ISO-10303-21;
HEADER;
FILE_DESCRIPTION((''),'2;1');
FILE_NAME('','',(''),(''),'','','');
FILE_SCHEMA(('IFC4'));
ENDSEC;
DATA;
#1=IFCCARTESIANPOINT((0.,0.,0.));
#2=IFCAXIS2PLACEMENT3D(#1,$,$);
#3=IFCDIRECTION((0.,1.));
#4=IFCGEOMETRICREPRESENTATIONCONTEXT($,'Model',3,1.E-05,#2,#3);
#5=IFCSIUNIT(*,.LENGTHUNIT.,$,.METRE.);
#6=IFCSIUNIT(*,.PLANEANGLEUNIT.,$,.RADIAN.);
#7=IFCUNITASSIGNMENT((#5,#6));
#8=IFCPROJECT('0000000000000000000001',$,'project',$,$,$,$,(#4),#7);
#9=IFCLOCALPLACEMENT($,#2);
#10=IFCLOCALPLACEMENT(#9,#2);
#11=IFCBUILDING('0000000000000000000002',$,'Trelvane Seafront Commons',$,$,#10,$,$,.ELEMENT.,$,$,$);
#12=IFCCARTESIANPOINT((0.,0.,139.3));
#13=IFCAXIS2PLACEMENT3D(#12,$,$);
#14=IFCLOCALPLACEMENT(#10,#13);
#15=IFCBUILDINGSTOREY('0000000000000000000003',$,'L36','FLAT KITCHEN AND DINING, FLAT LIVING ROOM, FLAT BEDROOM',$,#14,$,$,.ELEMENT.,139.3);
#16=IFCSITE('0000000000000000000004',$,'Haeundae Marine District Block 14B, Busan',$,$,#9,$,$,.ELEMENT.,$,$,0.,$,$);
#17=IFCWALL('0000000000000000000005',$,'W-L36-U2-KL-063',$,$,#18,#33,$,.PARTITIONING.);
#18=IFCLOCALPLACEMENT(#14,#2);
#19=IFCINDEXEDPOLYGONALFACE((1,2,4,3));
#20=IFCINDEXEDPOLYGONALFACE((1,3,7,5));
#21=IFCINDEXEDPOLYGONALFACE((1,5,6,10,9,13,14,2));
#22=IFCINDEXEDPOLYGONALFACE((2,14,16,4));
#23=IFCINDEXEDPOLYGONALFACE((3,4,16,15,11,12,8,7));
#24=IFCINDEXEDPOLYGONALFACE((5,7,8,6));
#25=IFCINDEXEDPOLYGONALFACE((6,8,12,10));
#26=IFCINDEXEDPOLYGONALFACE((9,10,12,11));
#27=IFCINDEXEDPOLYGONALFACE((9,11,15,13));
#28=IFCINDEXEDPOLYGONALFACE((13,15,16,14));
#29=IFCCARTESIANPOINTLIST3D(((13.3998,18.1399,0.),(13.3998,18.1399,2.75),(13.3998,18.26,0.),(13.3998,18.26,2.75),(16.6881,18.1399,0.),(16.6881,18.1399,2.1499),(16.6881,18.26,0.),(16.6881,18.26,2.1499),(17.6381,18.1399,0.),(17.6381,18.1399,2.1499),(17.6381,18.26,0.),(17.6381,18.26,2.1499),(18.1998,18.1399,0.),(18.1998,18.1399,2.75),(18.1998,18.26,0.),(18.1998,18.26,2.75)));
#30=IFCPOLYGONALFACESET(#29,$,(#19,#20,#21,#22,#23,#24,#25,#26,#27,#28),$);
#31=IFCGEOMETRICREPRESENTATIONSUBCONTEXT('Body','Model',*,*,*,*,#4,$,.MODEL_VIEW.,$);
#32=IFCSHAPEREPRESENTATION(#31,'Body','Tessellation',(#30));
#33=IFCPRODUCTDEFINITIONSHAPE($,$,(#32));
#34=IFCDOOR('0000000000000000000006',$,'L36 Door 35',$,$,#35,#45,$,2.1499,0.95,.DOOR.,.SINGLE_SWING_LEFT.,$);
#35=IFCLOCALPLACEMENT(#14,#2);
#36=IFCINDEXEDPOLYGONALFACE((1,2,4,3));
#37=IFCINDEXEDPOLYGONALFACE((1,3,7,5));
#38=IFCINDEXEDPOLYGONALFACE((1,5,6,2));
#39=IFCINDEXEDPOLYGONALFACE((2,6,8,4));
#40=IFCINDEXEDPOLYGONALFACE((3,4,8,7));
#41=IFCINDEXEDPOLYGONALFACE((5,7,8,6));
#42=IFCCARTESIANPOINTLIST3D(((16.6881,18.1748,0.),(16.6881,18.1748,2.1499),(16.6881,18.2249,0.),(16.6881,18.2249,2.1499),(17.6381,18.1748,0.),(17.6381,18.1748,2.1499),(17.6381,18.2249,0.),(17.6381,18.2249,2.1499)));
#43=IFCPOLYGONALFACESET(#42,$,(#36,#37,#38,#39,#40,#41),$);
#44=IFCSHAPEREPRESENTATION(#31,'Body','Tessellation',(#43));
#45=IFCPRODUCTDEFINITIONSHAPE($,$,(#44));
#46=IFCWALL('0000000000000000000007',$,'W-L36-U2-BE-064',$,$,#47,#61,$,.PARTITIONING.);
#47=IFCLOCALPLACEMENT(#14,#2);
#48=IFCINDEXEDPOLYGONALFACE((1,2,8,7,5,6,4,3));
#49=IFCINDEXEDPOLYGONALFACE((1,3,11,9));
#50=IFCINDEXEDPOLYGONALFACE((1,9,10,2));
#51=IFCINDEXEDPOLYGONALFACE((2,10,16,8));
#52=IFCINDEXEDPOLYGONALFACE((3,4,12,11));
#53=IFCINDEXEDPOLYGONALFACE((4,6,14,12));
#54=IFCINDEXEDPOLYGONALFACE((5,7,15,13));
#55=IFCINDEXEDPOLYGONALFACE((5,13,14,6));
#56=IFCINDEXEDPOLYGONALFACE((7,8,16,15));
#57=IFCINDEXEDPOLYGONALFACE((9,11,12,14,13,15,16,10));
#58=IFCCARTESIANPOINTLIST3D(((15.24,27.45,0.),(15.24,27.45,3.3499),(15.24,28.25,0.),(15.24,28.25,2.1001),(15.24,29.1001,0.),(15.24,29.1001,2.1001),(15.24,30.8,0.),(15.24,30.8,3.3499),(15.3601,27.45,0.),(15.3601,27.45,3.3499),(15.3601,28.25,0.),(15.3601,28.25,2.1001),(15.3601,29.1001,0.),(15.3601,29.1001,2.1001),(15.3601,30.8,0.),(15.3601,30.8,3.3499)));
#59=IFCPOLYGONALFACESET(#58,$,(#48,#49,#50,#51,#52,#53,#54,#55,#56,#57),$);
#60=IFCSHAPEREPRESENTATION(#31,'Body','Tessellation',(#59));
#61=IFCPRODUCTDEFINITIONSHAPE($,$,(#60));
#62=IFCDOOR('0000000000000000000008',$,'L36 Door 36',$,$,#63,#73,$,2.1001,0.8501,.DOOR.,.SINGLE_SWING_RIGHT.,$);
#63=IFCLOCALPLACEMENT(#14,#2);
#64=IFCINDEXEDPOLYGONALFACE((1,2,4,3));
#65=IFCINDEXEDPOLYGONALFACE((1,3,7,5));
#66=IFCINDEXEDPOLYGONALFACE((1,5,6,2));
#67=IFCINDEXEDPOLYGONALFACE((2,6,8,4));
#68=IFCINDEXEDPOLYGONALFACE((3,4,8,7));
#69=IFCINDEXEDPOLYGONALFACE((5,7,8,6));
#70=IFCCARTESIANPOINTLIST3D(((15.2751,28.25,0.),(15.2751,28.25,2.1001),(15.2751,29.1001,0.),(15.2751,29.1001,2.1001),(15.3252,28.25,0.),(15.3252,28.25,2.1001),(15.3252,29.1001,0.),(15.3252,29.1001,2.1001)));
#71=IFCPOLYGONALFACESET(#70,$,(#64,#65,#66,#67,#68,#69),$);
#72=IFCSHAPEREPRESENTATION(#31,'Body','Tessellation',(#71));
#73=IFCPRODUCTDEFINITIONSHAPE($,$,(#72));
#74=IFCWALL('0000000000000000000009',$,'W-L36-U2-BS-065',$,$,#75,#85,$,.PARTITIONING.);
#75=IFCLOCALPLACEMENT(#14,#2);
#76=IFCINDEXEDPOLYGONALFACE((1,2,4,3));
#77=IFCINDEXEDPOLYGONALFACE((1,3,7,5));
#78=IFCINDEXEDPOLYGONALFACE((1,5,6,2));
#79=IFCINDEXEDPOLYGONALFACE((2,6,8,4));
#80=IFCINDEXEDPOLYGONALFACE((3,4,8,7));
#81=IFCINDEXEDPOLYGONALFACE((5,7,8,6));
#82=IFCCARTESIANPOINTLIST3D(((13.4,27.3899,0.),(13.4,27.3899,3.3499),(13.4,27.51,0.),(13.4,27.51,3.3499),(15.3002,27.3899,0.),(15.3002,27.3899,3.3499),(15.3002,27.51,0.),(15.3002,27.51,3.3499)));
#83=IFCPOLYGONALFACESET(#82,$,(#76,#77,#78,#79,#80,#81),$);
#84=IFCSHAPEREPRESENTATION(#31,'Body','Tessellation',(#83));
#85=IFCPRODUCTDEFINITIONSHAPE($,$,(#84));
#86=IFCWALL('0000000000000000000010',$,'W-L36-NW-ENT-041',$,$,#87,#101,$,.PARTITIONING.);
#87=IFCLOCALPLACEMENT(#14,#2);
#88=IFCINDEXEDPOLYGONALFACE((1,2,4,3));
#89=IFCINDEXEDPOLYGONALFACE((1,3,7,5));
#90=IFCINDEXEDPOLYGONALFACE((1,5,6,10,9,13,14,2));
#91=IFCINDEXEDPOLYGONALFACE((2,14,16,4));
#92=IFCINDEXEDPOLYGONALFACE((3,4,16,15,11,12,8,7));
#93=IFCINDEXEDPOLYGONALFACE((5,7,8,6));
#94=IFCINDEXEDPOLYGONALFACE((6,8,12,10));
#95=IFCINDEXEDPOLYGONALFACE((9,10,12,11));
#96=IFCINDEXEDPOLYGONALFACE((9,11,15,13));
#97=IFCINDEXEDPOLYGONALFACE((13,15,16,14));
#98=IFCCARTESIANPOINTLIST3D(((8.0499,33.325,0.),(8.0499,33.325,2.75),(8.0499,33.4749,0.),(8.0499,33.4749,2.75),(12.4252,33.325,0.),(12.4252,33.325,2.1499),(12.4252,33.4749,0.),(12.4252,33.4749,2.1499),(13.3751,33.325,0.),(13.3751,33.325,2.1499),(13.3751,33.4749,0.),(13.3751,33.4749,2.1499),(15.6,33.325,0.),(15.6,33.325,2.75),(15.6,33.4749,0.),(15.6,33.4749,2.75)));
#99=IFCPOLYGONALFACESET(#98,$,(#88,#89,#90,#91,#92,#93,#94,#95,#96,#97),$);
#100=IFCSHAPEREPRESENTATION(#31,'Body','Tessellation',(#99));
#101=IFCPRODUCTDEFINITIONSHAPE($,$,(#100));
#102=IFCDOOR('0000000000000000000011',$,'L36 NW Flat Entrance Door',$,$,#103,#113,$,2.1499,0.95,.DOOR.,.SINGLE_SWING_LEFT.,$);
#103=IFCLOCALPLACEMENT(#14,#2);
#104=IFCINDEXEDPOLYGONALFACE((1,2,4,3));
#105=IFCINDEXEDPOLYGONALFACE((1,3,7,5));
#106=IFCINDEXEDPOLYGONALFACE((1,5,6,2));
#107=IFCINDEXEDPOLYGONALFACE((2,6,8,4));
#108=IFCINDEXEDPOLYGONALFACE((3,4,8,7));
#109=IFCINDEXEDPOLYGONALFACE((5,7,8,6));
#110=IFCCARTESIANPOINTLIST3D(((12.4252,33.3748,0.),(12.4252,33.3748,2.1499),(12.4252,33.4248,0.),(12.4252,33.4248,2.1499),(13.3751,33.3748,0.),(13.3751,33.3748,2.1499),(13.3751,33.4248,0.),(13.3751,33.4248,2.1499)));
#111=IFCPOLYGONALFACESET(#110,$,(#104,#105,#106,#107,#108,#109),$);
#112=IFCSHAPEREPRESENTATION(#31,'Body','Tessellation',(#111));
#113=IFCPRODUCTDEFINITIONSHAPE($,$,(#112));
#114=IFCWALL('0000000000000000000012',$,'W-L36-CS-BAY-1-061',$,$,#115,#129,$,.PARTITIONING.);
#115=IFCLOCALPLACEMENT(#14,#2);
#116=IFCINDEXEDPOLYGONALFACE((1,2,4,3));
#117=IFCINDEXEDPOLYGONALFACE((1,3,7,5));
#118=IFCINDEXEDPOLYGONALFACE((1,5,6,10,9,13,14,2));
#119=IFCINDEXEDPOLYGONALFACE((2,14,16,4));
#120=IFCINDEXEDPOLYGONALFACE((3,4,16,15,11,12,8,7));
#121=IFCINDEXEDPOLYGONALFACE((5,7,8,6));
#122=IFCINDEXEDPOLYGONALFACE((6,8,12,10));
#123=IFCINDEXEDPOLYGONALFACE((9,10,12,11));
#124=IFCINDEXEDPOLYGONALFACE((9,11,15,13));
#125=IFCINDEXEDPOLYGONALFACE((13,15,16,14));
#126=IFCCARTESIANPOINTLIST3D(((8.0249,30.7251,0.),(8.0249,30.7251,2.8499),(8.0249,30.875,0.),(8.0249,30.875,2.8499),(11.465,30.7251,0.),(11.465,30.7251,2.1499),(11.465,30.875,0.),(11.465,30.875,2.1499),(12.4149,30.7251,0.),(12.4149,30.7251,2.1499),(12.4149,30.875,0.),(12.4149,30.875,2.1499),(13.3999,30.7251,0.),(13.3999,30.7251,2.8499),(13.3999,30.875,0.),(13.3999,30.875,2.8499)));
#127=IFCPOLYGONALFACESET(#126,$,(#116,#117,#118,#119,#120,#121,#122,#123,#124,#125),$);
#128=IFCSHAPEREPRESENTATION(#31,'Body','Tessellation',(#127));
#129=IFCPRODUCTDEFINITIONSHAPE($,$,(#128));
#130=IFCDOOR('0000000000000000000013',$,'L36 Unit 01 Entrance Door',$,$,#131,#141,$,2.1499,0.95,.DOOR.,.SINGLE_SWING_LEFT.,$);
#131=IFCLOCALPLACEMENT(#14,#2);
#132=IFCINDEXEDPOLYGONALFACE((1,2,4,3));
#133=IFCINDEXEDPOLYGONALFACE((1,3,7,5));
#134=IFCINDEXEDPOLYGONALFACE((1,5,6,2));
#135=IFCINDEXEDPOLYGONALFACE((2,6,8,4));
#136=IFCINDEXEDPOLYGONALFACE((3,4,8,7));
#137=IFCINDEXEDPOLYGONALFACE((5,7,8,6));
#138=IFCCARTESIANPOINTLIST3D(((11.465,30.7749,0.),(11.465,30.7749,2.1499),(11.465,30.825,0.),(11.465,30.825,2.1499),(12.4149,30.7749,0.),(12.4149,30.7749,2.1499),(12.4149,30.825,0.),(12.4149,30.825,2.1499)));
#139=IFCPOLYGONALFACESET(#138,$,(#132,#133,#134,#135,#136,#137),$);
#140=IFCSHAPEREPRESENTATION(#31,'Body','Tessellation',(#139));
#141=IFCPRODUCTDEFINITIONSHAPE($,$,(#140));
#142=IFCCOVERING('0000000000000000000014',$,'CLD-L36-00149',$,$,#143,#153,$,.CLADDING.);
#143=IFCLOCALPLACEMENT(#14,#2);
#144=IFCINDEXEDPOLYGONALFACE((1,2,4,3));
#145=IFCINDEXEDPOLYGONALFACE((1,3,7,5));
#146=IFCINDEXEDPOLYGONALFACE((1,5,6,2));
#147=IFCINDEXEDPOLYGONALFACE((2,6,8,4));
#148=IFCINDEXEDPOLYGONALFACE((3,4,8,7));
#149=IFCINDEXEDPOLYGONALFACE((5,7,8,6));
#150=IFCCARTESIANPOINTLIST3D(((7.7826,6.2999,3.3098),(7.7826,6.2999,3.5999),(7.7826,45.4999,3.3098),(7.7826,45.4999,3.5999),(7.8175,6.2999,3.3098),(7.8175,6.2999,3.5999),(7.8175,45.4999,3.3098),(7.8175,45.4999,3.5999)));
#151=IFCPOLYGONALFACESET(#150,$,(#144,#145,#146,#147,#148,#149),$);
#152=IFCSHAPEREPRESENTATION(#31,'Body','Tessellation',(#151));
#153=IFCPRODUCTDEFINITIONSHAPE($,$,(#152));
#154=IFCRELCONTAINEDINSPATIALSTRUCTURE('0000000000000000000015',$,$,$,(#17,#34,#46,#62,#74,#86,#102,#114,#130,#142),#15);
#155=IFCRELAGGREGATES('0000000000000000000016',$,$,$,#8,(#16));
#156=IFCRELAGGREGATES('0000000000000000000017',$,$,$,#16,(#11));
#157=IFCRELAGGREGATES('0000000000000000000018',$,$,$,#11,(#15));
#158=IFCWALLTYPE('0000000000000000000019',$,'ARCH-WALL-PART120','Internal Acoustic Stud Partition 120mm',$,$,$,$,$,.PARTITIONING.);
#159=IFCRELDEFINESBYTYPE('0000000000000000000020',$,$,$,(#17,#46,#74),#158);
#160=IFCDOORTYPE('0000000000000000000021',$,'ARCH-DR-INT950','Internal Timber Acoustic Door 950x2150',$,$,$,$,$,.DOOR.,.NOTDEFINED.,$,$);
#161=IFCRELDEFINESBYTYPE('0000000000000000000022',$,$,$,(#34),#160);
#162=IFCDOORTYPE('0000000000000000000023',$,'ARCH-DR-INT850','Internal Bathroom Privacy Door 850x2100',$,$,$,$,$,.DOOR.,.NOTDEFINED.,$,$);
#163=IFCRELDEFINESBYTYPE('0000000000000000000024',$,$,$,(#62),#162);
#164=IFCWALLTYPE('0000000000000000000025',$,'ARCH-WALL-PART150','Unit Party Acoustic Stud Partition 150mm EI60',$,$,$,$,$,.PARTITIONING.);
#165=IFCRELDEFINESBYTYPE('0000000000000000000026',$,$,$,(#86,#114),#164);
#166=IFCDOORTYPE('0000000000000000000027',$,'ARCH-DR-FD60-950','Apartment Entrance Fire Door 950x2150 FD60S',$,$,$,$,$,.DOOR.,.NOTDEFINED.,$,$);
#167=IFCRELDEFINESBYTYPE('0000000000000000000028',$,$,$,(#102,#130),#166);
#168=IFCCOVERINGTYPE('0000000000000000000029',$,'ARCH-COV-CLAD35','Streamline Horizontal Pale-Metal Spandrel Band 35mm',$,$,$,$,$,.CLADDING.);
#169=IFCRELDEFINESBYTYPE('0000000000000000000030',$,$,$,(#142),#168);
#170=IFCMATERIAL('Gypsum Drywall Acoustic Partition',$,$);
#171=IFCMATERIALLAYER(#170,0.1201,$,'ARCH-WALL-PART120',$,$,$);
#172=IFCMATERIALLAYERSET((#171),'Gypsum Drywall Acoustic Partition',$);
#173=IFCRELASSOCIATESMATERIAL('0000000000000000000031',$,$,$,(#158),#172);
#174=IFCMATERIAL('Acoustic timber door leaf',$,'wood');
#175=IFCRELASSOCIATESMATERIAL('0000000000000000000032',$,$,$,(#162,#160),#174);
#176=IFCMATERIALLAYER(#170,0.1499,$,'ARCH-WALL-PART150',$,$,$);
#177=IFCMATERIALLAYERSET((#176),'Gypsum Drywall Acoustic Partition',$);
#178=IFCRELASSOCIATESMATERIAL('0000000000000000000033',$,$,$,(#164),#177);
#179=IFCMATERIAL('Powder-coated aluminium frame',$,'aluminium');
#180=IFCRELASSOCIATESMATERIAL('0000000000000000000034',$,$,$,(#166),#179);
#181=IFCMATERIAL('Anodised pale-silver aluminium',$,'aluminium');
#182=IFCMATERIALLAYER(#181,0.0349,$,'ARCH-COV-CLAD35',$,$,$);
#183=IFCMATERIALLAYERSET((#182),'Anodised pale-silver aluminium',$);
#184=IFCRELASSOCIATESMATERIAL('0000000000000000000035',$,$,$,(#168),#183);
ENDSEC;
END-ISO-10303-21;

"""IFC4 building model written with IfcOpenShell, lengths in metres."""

from ifc_helpers import new_model, si_unit, direction, frame, frame_2d, origin, origin_2d, place, context, subcontext, project, spatial, rectangle, extrude, source, transform, mapped, material, layer, layer_set, type_object, element, fill, save


model = new_model("IFC4")

# Units and contexts
model_context = context("Model", 3, precision=1e-05, world=origin(), true_north=direction((0.0, 1.0)))
body_context = subcontext(model_context, "Body", "Model", "MODEL_VIEW")
ifc_project = project(units=[si_unit("LENGTHUNIT", "METRE"), si_unit("PLANEANGLEUNIT", "RADIAN")], contexts=[model_context])

# Site, building, storey
site_placement = place(None, origin())
site = spatial("IfcSite", under=ifc_project, at=site_placement, Name="Haeundae Marine District Block 14B, Busan", CompositionType="ELEMENT", RefElevation=0.0)
building_placement = place(site_placement, origin())
building = spatial("IfcBuilding", under=site, at=building_placement, Name="Trelvane Seafront Commons", CompositionType="ELEMENT")
storey_placement = place(building_placement, frame((0.0, 0.0, 139.3)))
storey = spatial("IfcBuildingStorey", under=building, at=storey_placement, Name="L36", Description="FLAT KITCHEN AND DINING, FLAT LIVING ROOM, FLAT BEDROOM", CompositionType="ELEMENT", Elevation=139.3)

# Shared definitions
ifc_material_1 = material(Name="Anodised pale-silver aluminium", Category="aluminium")

# Shared definitions
ifc_material_2 = material(Name="Gypsum Drywall Acoustic Partition")
ifc_layer_1 = layer(ifc_material_2, 0.1201, Name="ARCH-WALL-PART120")
ifc_layer_set_1 = layer_set([ifc_layer_1], Name="Gypsum Drywall Acoustic Partition")
wall_type_1 = type_object("IfcWallType", Name="ARCH-WALL-PART120", Description="Internal Acoustic Stud Partition 120mm", PredefinedType="PARTITIONING", material=ifc_layer_set_1)
ifc_material_3 = material(Name="Acoustic timber door leaf", Category="wood")
door_type_1 = type_object("IfcDoorType", Name="ARCH-DR-INT850", Description="Internal Bathroom Privacy Door 850x2100", OperationType="NOTDEFINED", PredefinedType="DOOR", material=ifc_material_3)
shared_shape_1 = source(origin(), body_context, "Body", "SweptSolid", [
    extrude(rectangle(XDim=0.8501, YDim=2.1001, at=frame_2d((0.425, 1.05))), frame((0.0, 0.0249, 0.0), z_axis=(0.0, -1.0, 0.0), x_axis=(1.0, 0.0, 0.0)), (0.0, 0.0, 1.0), 0.05),
])

# Walls, openings, doors
wall_1_placement = place(storey_placement, frame((13.3999, 18.2, 0.0), z_axis=(0.0, 0.0, 1.0), x_axis=(1.0, 0.0, 0.0)))
wall_1 = element("IfcWall", 1, at=wall_1_placement, inside=storey, type_object=wall_type_1, Name="W-L36-U2-KL-063", PredefinedType="PARTITIONING", context=body_context, shape_type="SweptSolid", body=[
    extrude(rectangle(XDim=4.8, YDim=0.1201, at=frame_2d((2.3999, 0.0))), origin(), (0.0, 0.0, 1.0), 2.75),
])
opening_1_placement = place(wall_1_placement, frame((3.2881, 0.0, 0.0)))
opening_1 = element("IfcOpeningElement", 2, at=opening_1_placement, cuts=wall_1, PredefinedType="OPENING", context=body_context, shape_type="SweptSolid", body=[
    extrude(rectangle(XDim=0.95, YDim=2.1499, at=frame_2d((0.4751, 1.075))), frame((0.0, 0.0701, 0.0), z_axis=(0.0, -1.0, 0.0), x_axis=(1.0, 0.0, 0.0)), (0.0, 0.0, 1.0), 0.1401),
])
door_type_2 = type_object("IfcDoorType", Name="ARCH-DR-INT950", Description="Internal Timber Acoustic Door 950x2150", OperationType="NOTDEFINED", PredefinedType="DOOR", material=ifc_material_3)
shared_shape_2 = source(origin(), body_context, "Body", "SweptSolid", [
    extrude(rectangle(XDim=0.95, YDim=2.1499, at=frame_2d((0.4751, 1.075))), frame((0.0, 0.0249, 0.0), z_axis=(0.0, -1.0, 0.0), x_axis=(1.0, 0.0, 0.0)), (0.0, 0.0, 1.0), 0.05),
])
door_1_placement = place(opening_1_placement, origin())
door_1 = element("IfcDoor", 3, at=door_1_placement, inside=storey, type_object=door_type_2, Name="L36 Door 35", OperationType="SINGLE_SWING_LEFT", OverallHeight=2.1499, OverallWidth=0.95, PredefinedType="DOOR", context=body_context, shape_type="MappedRepresentation", body=[
    mapped(shared_shape_2, transform((0.0, 0.0, 0.0), x_axis=(1.0, 0.0, 0.0), y_axis=(0.0, 1.0, 0.0), z_axis=(0.0, 0.0, 1.0), scale=1.0)),
])
fill(opening_1, door_1)
wall_2_placement = place(storey_placement, frame((15.3, 27.45, 0.0), z_axis=(0.0, 0.0, 1.0), x_axis=(0.0, 1.0, 0.0)))
wall_2 = element("IfcWall", 4, at=wall_2_placement, inside=storey, type_object=wall_type_1, Name="W-L36-U2-BE-064", PredefinedType="PARTITIONING", context=body_context, shape_type="SweptSolid", body=[
    extrude(rectangle(XDim=3.3501, YDim=0.1201, at=frame_2d((1.675, 0.0))), origin(), (0.0, 0.0, 1.0), 3.3499),
])
opening_2_placement = place(wall_2_placement, frame((0.8, 0.0, 0.0)))
opening_2 = element("IfcOpeningElement", 5, at=opening_2_placement, cuts=wall_2, PredefinedType="OPENING", context=body_context, shape_type="SweptSolid", body=[
    extrude(rectangle(XDim=0.8501, YDim=2.1001, at=frame_2d((0.425, 1.05))), frame((0.0, 0.0701, 0.0), z_axis=(0.0, -1.0, 0.0), x_axis=(1.0, 0.0, 0.0)), (0.0, 0.0, 1.0), 0.1401),
])
door_2_placement = place(opening_2_placement, origin())
door_2 = element("IfcDoor", 6, at=door_2_placement, inside=storey, type_object=door_type_1, Name="L36 Door 36", OperationType="SINGLE_SWING_RIGHT", OverallHeight=2.1001, OverallWidth=0.8501, PredefinedType="DOOR", context=body_context, shape_type="MappedRepresentation", body=[
    mapped(shared_shape_1, transform((0.0, 0.0, 0.0), x_axis=(1.0, 0.0, 0.0), y_axis=(0.0, 1.0, 0.0), z_axis=(0.0, 0.0, 1.0), scale=1.0)),
])
fill(opening_2, door_2)

# Wall
wall_3_placement = place(storey_placement, frame((13.3999, 27.45, 0.0), z_axis=(0.0, 0.0, 1.0), x_axis=(1.0, 0.0, 0.0)))
element("IfcWall", 7, at=wall_3_placement, inside=storey, type_object=wall_type_1, Name="W-L36-U2-BS-065", PredefinedType="PARTITIONING", context=body_context, shape_type="SweptSolid", body=[
    extrude(rectangle(XDim=1.9001, YDim=0.1201, at=frame_2d((0.9502, 0.0))), origin(), (0.0, 0.0, 1.0), 3.3499),
])

# Walls, openings, doors
ifc_layer_2 = layer(ifc_material_2, 0.1499, Name="ARCH-WALL-PART150")
ifc_layer_set_2 = layer_set([ifc_layer_2], Name="Gypsum Drywall Acoustic Partition")
wall_type_2 = type_object("IfcWallType", Name="ARCH-WALL-PART150", Description="Unit Party Acoustic Stud Partition 150mm EI60", PredefinedType="PARTITIONING", material=ifc_layer_set_2)
wall_4_placement = place(storey_placement, frame((8.05, 33.3999, 0.0), z_axis=(0.0, 0.0, 1.0), x_axis=(1.0, 0.0, 0.0)))
wall_4 = element("IfcWall", 8, at=wall_4_placement, inside=storey, type_object=wall_type_2, Name="W-L36-NW-ENT-041", PredefinedType="PARTITIONING", context=body_context, shape_type="SweptSolid", body=[
    extrude(rectangle(XDim=7.55, YDim=0.1499, at=frame_2d((3.7749, 0.0))), origin(), (0.0, 0.0, 1.0), 2.75),
])
opening_3_placement = place(wall_4_placement, frame((4.375, 0.0, 0.0)))
opening_3 = element("IfcOpeningElement", 9, at=opening_3_placement, cuts=wall_4, PredefinedType="OPENING", context=body_context, shape_type="SweptSolid", body=[
    extrude(rectangle(XDim=0.95, YDim=2.1499, at=frame_2d((0.4751, 1.075))), frame((0.0, 0.085, 0.0), z_axis=(0.0, -1.0, 0.0), x_axis=(1.0, 0.0, 0.0)), (0.0, 0.0, 1.0), 0.1699),
])
ifc_material_4 = material(Name="Powder-coated aluminium frame", Category="aluminium")
door_type_3 = type_object("IfcDoorType", Name="ARCH-DR-FD60-950", Description="Apartment Entrance Fire Door 950x2150 FD60S", OperationType="NOTDEFINED", PredefinedType="DOOR", material=ifc_material_4)
door_3_placement = place(opening_3_placement, origin())
door_3 = element("IfcDoor", 10, at=door_3_placement, inside=storey, type_object=door_type_3, Name="L36 NW Flat Entrance Door", OperationType="SINGLE_SWING_LEFT", OverallHeight=2.1499, OverallWidth=0.95, PredefinedType="DOOR", context=body_context, shape_type="MappedRepresentation", body=[
    mapped(shared_shape_2, transform((0.0, 0.0, 0.0), x_axis=(1.0, 0.0, 0.0), y_axis=(0.0, 1.0, 0.0), z_axis=(0.0, 0.0, 1.0), scale=1.0)),
])
fill(opening_3, door_3)
wall_5_placement = place(storey_placement, frame((8.0249, 30.8, 0.0), z_axis=(0.0, 0.0, 1.0), x_axis=(1.0, 0.0, 0.0)))
wall_5 = element("IfcWall", 11, at=wall_5_placement, inside=storey, type_object=wall_type_2, Name="W-L36-CS-BAY-1-061", PredefinedType="PARTITIONING", context=body_context, shape_type="SweptSolid", body=[
    extrude(rectangle(XDim=5.375, YDim=0.1499, at=frame_2d((2.6875, 0.0))), origin(), (0.0, 0.0, 1.0), 2.8499),
])
opening_4_placement = place(wall_5_placement, frame((3.4399, 0.0, 0.0)))
opening_4 = element("IfcOpeningElement", 12, at=opening_4_placement, cuts=wall_5, PredefinedType="OPENING", context=body_context, shape_type="SweptSolid", body=[
    extrude(rectangle(XDim=0.95, YDim=2.1499, at=frame_2d((0.4751, 1.075))), frame((0.0, 0.085, 0.0), z_axis=(0.0, -1.0, 0.0), x_axis=(1.0, 0.0, 0.0)), (0.0, 0.0, 1.0), 0.1699),
])
door_4_placement = place(opening_4_placement, origin())
door_4 = element("IfcDoor", 13, at=door_4_placement, inside=storey, type_object=door_type_3, Name="L36 Unit 01 Entrance Door", OperationType="SINGLE_SWING_LEFT", OverallHeight=2.1499, OverallWidth=0.95, PredefinedType="DOOR", context=body_context, shape_type="MappedRepresentation", body=[
    mapped(shared_shape_2, transform((0.0, 0.0, 0.0), x_axis=(1.0, 0.0, 0.0), y_axis=(0.0, 1.0, 0.0), z_axis=(0.0, 0.0, 1.0), scale=1.0)),
])
fill(opening_4, door_4)

# Covering
ifc_layer_3 = layer(ifc_material_1, 0.0349, Name="ARCH-COV-CLAD35")
ifc_layer_set_3 = layer_set([ifc_layer_3], Name="Anodised pale-silver aluminium")
covering_type = type_object("IfcCoveringType", Name="ARCH-COV-CLAD35", Description="Streamline Horizontal Pale-Metal Spandrel Band 35mm", PredefinedType="CLADDING", material=ifc_layer_set_3)
shared_shape_3 = source(origin(), body_context, "Body", "SweptSolid", [
    extrude(rectangle(XDim=39.2, YDim=0.0349, at=origin_2d()), origin(), (0.0, 0.0, 1.0), 0.29),
])
covering_placement = place(storey_placement, frame((7.8, 25.8999, 3.3098), z_axis=(0.0, 0.0, 1.0), x_axis=(0.0, 1.0, 0.0)))
element("IfcCovering", 14, at=covering_placement, inside=storey, type_object=covering_type, Name="CLD-L36-00149", PredefinedType="CLADDING", context=body_context, shape_type="MappedRepresentation", body=[
    mapped(shared_shape_3, transform((0.0, 0.0, 0.0), x_axis=(1.0, 0.0, 0.0), y_axis=(0.0, 1.0, 0.0), z_axis=(0.0, 0.0, 1.0), scale=1.0)),
])

save(model, "model.ifc")
